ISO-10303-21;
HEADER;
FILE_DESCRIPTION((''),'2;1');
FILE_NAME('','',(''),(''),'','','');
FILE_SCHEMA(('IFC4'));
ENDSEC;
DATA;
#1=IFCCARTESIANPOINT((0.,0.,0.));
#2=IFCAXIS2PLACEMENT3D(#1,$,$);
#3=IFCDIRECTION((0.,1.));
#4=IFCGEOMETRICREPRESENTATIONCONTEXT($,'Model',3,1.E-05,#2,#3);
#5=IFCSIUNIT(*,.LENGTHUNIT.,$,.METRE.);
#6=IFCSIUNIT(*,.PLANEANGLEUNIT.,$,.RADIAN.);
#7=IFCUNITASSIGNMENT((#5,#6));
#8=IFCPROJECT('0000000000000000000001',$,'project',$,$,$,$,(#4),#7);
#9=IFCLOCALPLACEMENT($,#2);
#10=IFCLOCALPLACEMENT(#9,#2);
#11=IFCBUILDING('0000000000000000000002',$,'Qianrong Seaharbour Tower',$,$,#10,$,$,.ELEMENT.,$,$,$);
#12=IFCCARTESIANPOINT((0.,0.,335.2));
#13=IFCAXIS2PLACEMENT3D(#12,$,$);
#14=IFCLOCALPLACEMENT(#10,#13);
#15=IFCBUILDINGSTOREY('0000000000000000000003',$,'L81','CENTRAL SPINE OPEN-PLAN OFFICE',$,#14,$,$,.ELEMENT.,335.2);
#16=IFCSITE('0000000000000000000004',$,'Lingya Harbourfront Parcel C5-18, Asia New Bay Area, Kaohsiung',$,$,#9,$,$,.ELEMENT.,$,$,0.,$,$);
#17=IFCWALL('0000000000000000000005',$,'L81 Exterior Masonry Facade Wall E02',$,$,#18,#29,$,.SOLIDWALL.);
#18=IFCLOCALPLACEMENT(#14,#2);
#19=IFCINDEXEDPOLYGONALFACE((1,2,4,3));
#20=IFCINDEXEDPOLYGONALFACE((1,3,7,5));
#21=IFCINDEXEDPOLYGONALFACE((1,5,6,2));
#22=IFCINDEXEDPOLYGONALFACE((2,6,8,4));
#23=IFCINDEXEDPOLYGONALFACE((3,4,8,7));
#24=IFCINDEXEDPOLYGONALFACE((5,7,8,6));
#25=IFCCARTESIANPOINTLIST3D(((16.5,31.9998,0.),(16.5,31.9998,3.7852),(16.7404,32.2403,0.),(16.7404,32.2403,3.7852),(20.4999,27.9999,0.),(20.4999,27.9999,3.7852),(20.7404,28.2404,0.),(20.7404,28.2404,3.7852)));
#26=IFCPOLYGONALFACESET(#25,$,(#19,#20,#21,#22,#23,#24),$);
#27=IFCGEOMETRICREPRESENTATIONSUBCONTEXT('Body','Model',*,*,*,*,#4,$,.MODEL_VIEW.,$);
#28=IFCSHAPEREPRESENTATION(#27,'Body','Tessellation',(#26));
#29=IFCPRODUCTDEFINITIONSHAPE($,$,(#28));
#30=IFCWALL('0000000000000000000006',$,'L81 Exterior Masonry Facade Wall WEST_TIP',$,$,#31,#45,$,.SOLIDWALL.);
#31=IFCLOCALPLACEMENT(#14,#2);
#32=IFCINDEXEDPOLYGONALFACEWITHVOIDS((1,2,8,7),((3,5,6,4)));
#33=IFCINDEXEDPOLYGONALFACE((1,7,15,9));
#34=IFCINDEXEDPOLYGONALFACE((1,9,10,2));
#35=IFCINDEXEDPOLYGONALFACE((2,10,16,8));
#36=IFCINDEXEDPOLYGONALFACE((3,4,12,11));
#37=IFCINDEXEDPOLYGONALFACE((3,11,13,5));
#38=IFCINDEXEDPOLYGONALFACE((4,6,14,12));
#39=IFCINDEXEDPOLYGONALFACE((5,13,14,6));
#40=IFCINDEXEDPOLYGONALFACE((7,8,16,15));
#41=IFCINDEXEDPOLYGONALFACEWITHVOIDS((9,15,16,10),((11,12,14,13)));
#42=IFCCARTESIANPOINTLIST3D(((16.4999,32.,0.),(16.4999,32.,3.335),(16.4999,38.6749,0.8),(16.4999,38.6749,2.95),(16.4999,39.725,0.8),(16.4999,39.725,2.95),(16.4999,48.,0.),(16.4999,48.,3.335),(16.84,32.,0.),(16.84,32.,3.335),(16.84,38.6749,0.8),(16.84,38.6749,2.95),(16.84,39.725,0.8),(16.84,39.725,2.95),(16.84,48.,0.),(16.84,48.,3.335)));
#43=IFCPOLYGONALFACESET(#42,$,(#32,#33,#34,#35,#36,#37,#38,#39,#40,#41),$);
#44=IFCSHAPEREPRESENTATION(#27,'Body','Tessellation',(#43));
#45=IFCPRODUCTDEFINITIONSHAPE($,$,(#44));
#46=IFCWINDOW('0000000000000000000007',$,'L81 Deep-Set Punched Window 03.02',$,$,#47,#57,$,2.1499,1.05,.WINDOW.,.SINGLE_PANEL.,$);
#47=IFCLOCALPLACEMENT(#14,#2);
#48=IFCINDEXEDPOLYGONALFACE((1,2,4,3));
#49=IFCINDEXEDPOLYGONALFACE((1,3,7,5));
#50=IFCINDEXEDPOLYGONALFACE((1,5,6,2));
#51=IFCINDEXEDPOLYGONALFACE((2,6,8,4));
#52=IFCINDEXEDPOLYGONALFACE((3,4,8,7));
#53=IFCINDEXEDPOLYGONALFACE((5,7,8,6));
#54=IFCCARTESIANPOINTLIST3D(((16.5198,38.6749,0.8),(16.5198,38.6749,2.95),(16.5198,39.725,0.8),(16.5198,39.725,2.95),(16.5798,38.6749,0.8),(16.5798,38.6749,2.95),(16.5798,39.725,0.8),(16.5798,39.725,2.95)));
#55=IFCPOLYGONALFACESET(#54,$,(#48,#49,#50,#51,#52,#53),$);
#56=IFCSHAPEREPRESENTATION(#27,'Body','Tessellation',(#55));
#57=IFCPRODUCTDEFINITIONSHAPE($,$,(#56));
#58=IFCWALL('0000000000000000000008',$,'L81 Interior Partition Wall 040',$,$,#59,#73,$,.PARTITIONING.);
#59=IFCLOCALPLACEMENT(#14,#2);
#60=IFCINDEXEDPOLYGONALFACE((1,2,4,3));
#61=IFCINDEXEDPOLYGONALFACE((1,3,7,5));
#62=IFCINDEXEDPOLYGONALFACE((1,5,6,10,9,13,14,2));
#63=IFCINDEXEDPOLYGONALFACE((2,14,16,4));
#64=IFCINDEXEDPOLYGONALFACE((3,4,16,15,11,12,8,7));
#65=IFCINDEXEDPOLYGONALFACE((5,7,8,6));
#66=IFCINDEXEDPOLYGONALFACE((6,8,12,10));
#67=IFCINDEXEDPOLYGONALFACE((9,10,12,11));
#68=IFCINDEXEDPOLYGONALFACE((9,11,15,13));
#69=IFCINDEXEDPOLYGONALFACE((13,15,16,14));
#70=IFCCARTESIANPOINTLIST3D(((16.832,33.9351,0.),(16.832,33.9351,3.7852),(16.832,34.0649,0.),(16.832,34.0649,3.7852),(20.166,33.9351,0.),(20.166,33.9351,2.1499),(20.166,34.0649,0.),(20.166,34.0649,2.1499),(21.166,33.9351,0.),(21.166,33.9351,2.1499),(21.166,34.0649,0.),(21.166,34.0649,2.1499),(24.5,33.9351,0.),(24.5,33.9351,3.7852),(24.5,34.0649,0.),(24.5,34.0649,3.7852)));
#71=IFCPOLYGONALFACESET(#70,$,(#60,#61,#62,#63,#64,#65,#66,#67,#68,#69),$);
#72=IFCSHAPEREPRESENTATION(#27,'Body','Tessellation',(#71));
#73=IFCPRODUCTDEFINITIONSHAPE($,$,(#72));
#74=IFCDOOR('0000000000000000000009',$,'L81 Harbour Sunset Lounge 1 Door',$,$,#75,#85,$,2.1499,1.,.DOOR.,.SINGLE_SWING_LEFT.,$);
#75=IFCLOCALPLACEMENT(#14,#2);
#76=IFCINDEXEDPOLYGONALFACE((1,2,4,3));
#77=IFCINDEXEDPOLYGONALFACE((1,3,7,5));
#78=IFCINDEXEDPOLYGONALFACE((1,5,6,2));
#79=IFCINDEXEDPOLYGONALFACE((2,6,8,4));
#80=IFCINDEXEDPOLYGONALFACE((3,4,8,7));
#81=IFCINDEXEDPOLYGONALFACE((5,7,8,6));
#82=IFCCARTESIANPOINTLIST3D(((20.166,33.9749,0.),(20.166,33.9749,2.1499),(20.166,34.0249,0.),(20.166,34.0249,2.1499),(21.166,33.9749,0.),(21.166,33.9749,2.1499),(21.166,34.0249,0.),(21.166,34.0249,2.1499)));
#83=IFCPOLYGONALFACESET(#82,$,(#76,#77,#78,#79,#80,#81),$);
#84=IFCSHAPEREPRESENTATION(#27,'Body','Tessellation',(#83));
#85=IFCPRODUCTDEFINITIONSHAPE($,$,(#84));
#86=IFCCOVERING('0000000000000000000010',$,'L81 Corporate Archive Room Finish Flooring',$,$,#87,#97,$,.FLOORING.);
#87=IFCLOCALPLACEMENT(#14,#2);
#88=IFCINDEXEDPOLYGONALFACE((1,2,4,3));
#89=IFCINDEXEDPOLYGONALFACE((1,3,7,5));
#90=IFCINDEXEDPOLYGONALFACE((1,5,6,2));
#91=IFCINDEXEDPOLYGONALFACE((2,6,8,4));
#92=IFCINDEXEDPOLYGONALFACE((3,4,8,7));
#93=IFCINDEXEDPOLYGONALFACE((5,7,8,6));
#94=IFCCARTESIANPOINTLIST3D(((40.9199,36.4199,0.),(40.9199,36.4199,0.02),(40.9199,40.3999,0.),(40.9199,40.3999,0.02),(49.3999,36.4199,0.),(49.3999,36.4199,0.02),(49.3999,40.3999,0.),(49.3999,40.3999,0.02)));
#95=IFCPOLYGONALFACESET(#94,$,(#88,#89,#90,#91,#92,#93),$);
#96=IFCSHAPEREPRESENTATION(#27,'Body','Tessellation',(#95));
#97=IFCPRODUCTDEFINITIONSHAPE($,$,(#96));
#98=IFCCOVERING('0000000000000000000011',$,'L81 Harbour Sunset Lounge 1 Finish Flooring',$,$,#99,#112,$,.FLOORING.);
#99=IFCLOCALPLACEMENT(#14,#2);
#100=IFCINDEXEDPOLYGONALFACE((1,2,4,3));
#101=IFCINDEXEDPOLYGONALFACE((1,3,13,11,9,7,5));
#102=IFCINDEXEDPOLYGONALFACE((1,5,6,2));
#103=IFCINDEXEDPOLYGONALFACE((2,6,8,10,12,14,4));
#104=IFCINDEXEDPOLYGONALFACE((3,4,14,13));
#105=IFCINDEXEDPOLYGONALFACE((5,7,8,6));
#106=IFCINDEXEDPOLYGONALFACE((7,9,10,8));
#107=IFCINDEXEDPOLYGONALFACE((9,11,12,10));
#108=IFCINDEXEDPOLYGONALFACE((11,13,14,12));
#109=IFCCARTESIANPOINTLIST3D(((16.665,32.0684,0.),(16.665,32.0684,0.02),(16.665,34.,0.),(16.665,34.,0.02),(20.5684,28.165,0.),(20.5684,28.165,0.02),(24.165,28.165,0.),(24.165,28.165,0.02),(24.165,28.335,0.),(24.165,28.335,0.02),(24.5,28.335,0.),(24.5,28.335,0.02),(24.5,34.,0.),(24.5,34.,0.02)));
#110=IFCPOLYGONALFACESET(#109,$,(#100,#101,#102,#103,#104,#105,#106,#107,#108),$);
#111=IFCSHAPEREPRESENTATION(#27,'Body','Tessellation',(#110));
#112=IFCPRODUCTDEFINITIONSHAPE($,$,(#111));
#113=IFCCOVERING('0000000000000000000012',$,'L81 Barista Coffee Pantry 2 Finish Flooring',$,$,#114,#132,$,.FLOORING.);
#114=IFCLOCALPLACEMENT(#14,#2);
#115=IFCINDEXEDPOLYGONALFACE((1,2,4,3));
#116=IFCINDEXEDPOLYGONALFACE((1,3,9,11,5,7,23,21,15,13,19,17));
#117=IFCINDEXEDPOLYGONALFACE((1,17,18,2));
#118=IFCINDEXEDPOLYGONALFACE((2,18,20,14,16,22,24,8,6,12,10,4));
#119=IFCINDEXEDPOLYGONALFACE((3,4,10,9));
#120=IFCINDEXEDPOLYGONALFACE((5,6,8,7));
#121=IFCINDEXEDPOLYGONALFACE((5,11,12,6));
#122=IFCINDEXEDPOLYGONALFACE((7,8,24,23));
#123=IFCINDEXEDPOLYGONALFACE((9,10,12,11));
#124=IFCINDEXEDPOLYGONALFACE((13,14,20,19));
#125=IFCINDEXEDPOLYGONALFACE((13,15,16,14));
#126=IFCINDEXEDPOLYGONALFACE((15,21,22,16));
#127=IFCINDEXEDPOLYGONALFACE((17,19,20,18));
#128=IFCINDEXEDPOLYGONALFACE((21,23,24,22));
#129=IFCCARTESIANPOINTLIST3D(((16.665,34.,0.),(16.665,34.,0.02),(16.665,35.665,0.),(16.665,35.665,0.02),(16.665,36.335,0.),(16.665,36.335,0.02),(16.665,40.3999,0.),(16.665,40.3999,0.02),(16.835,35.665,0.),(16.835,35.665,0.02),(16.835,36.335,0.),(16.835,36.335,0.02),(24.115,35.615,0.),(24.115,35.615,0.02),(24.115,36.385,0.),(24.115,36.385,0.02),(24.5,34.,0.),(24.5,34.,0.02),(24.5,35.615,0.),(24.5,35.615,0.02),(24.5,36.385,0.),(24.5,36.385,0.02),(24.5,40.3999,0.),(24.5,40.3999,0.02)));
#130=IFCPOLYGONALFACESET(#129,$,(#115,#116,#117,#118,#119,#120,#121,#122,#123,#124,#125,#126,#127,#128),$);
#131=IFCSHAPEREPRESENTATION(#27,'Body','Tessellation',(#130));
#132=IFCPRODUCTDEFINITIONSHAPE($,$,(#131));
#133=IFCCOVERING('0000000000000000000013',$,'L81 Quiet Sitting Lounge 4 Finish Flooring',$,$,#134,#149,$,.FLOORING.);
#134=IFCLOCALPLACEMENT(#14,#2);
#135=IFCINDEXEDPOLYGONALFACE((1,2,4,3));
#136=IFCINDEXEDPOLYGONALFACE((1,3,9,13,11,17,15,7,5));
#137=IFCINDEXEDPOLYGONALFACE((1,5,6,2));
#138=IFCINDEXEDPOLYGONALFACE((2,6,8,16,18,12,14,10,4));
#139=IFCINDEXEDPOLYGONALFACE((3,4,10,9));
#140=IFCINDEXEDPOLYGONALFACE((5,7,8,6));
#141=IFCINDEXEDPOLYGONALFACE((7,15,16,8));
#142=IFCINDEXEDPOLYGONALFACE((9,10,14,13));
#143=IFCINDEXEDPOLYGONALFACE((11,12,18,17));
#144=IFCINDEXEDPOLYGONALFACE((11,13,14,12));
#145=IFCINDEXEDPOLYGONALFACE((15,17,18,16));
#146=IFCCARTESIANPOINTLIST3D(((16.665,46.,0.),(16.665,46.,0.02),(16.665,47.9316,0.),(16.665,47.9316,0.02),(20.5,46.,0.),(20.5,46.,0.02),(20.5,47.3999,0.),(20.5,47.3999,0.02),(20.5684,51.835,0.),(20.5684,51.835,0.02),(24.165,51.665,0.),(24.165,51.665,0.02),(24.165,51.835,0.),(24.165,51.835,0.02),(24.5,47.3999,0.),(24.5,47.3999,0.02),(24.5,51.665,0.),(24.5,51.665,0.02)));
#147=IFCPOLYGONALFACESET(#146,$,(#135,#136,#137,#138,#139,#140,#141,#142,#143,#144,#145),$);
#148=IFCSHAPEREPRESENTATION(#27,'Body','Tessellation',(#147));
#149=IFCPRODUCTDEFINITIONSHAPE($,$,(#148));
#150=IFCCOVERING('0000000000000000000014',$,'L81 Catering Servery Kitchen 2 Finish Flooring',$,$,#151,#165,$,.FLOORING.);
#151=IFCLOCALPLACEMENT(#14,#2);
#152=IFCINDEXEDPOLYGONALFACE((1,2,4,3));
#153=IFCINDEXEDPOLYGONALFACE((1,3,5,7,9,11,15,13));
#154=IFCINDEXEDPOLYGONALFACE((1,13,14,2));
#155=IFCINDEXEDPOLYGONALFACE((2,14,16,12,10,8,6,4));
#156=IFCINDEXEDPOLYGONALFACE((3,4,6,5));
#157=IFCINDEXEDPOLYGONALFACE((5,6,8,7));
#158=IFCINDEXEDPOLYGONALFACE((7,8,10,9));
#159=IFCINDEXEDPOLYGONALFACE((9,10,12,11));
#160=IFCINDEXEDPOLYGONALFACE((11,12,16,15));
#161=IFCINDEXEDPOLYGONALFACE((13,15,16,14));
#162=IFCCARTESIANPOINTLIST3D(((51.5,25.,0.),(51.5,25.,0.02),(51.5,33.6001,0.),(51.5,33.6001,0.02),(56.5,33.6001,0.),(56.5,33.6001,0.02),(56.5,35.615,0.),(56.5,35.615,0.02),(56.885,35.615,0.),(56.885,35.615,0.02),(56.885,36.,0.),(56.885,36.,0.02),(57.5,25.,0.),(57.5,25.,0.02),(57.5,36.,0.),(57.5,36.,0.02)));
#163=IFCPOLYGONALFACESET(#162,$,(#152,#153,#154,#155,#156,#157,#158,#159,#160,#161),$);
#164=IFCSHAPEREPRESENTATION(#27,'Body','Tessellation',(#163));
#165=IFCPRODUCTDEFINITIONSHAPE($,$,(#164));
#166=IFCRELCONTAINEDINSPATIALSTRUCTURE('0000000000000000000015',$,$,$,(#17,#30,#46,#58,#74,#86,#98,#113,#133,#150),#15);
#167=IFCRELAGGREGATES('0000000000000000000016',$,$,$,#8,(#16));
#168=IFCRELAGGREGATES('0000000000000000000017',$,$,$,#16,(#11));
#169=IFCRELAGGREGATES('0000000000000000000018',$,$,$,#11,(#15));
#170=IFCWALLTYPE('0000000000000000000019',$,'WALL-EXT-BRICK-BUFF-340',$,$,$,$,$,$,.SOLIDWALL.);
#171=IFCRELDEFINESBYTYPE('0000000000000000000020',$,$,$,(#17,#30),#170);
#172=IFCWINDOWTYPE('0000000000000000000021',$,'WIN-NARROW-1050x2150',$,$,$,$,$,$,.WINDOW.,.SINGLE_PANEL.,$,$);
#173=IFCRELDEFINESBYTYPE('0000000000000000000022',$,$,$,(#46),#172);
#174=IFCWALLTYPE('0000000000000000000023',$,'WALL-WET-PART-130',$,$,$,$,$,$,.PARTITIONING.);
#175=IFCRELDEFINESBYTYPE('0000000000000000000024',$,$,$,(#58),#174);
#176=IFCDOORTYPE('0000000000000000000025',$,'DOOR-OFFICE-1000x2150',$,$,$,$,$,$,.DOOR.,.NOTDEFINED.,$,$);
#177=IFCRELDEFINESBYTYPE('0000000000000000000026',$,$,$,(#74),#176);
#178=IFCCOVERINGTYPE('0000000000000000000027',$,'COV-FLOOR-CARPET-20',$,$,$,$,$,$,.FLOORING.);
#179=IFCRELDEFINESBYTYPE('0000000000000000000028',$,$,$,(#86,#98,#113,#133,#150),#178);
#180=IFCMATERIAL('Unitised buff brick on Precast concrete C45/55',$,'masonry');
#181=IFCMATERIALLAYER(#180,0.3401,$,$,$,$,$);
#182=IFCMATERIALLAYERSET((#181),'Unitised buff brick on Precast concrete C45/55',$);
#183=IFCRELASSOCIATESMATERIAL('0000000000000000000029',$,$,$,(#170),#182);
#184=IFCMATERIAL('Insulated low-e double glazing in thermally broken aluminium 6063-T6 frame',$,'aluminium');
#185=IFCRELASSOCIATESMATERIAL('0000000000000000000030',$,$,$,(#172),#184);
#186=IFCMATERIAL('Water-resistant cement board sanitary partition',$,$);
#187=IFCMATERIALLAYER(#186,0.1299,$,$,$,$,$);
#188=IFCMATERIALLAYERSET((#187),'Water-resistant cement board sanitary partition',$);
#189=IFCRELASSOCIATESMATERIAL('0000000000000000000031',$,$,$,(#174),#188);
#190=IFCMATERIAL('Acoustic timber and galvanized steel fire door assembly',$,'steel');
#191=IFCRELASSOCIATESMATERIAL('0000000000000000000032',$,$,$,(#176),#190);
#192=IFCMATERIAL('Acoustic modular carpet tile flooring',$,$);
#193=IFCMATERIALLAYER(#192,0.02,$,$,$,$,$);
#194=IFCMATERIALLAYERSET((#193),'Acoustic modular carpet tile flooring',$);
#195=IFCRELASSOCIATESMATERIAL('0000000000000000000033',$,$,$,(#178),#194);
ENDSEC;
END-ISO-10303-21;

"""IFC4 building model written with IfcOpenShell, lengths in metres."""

from ifc_helpers import new_model, si_unit, direction, frame, frame_2d, origin, place, context, subcontext, project, spatial, polyline, rectangle, outline, extrude, material, layer, layer_set, type_object, element, fill, save


model = new_model("IFC4")

# Units and contexts
model_context = context("Model", 3, precision=1e-05, world=origin(), true_north=direction((0.0, 1.0)))
body_context = subcontext(model_context, "Body", "Model", "MODEL_VIEW")
ifc_project = project(units=[si_unit("LENGTHUNIT", "METRE"), si_unit("PLANEANGLEUNIT", "RADIAN")], contexts=[model_context])

# Site, building, storey
site_placement = place(None, origin())
site = spatial("IfcSite", under=ifc_project, at=site_placement, Name="Lingya Harbourfront Parcel C5-18, Asia New Bay Area, Kaohsiung", CompositionType="ELEMENT", RefElevation=0.0)
building_placement = place(site_placement, origin())
building = spatial("IfcBuilding", under=site, at=building_placement, Name="Qianrong Seaharbour Tower", CompositionType="ELEMENT")
storey_placement = place(building_placement, frame((0.0, 0.0, 335.2)))
storey = spatial("IfcBuildingStorey", under=building, at=storey_placement, Name="L81", Description="CENTRAL SPINE OPEN-PLAN OFFICE", CompositionType="ELEMENT", Elevation=335.2)

# Wall
ifc_material_1 = material(Name="Unitised buff brick on Precast concrete C45/55", Category="masonry")
ifc_layer_1 = layer(ifc_material_1, 0.3401)
ifc_layer_set_1 = layer_set([ifc_layer_1], Name="Unitised buff brick on Precast concrete C45/55")
wall_type_1 = type_object("IfcWallType", Name="WALL-EXT-BRICK-BUFF-340", PredefinedType="SOLIDWALL", material=ifc_layer_set_1)
wall_1_placement = place(storey_placement, frame((20.6201, 28.1201, 0.0), z_axis=(0.0, 0.0, 1.0), x_axis=(-0.707107, 0.707107, 0.0)))
element("IfcWall", 1, at=wall_1_placement, inside=storey, type_object=wall_type_1, Name="L81 Exterior Masonry Facade Wall E02", PredefinedType="SOLIDWALL", context=body_context, shape_type="SweptSolid", body=[
    extrude(rectangle(XDim=5.6567, YDim=0.3401, at=frame_2d((2.8284, 0.0))), origin(), (0.0, 0.0, 1.0), 3.7852),
])

# Wall, opening, window
wall_2_placement = place(storey_placement, frame((16.6699, 32.0, 0.0), z_axis=(0.0, 0.0, 1.0), x_axis=(0.0, 1.0, 0.0)))
wall_2 = element("IfcWall", 2, at=wall_2_placement, inside=storey, type_object=wall_type_1, Name="L81 Exterior Masonry Facade Wall WEST_TIP", PredefinedType="SOLIDWALL", context=body_context, shape_type="SweptSolid", body=[
    extrude(rectangle(XDim=16.0, YDim=0.3401, at=frame_2d((8.0, 0.0))), origin(), (0.0, 0.0, 1.0), 3.335),
])
opening_1_placement = place(wall_2_placement, frame((6.675, 0.0, 0.8)))
opening_1 = element("IfcOpeningElement", 3, at=opening_1_placement, cuts=wall_2, PredefinedType="OPENING", context=body_context, shape_type="SweptSolid", body=[
    extrude(rectangle(XDim=1.05, YDim=2.1499, at=frame_2d((0.5249, 1.075))), frame((0.0, 0.1802, 0.0), z_axis=(0.0, -1.0, 0.0), x_axis=(1.0, 0.0, 0.0)), (0.0, 0.0, 1.0), 0.3601),
])
ifc_material_2 = material(Name="Insulated low-e double glazing in thermally broken aluminium 6063-T6 frame", Category="aluminium")
window_type = type_object("IfcWindowType", Name="WIN-NARROW-1050x2150", PartitioningType="SINGLE_PANEL", PredefinedType="WINDOW", material=ifc_material_2)
window_placement = place(opening_1_placement, origin())
window = element("IfcWindow", 4, at=window_placement, inside=storey, type_object=window_type, Name="L81 Deep-Set Punched Window 03.02", OverallHeight=2.1499, OverallWidth=1.05, PartitioningType="SINGLE_PANEL", PredefinedType="WINDOW", context=body_context, shape_type="SweptSolid", body=[
    extrude(rectangle(XDim=1.05, YDim=2.1499, at=frame_2d((0.5249, 1.075))), frame((0.0, 0.1501, 0.0), z_axis=(0.0, -1.0, 0.0), x_axis=(1.0, 0.0, 0.0)), (0.0, 0.0, 1.0), 0.0601),
])
fill(opening_1, window)

# Wall, opening, door
ifc_material_3 = material(Name="Water-resistant cement board sanitary partition")
ifc_layer_2 = layer(ifc_material_3, 0.1299)
ifc_layer_set_2 = layer_set([ifc_layer_2], Name="Water-resistant cement board sanitary partition")
wall_type_2 = type_object("IfcWallType", Name="WALL-WET-PART-130", PredefinedType="PARTITIONING", material=ifc_layer_set_2)
wall_3_placement = place(storey_placement, frame((16.832, 34.0, 0.0), z_axis=(0.0, 0.0, 1.0), x_axis=(1.0, 0.0, 0.0)))
wall_3 = element("IfcWall", 5, at=wall_3_placement, inside=storey, type_object=wall_type_2, Name="L81 Interior Partition Wall 040", PredefinedType="PARTITIONING", context=body_context, shape_type="SweptSolid", body=[
    extrude(rectangle(XDim=7.668, YDim=0.1299, at=frame_2d((3.834, 0.0))), origin(), (0.0, 0.0, 1.0), 3.7852),
])
opening_2_placement = place(wall_3_placement, frame((3.334, 0.0, 0.0)))
opening_2 = element("IfcOpeningElement", 6, at=opening_2_placement, cuts=wall_3, PredefinedType="OPENING", context=body_context, shape_type="SweptSolid", body=[
    extrude(rectangle(XDim=1.0, YDim=2.1499, at=frame_2d((0.5, 1.075))), frame((0.0, 0.075, 0.0), z_axis=(0.0, -1.0, 0.0), x_axis=(1.0, 0.0, 0.0)), (0.0, 0.0, 1.0), 0.1499),
])
ifc_material_4 = material(Name="Acoustic timber and galvanized steel fire door assembly", Category="steel")
door_type = type_object("IfcDoorType", Name="DOOR-OFFICE-1000x2150", OperationType="NOTDEFINED", PredefinedType="DOOR", material=ifc_material_4)
door_placement = place(opening_2_placement, origin())
door = element("IfcDoor", 7, at=door_placement, inside=storey, type_object=door_type, Name="L81 Harbour Sunset Lounge 1 Door", OperationType="SINGLE_SWING_LEFT", OverallHeight=2.1499, OverallWidth=1.0, PredefinedType="DOOR", context=body_context, shape_type="SweptSolid", body=[
    extrude(rectangle(XDim=1.0, YDim=2.1499, at=frame_2d((0.5, 1.075))), frame((0.0, 0.0249, 0.0), z_axis=(0.0, -1.0, 0.0), x_axis=(1.0, 0.0, 0.0)), (0.0, 0.0, 1.0), 0.05),
])
fill(opening_2, door)

# Coverings
ifc_material_5 = material(Name="Acoustic modular carpet tile flooring")
ifc_layer_3 = layer(ifc_material_5, 0.02)
ifc_layer_set_3 = layer_set([ifc_layer_3], Name="Acoustic modular carpet tile flooring")
covering_type_1 = type_object("IfcCoveringType", Name="COV-FLOOR-CARPET-20", PredefinedType="FLOORING", material=ifc_layer_set_3)
covering_1_placement = place(storey_placement, origin())
element("IfcCovering", 8, at=covering_1_placement, inside=storey, type_object=covering_type_1, Name="L81 Corporate Archive Room Finish Flooring", PredefinedType="FLOORING", context=body_context, shape_type="SweptSolid", body=[
    extrude(outline(polyline([(49.3999, 40.3999), (49.3999, 36.4199), (40.9199, 36.4199), (40.9199, 40.3999), (49.3999, 40.3999)])), origin(), (0.0, 0.0, 1.0), 0.02),
])
covering_2_placement = place(storey_placement, origin())
element("IfcCovering", 9, at=covering_2_placement, inside=storey, type_object=covering_type_1, Name="L81 Harbour Sunset Lounge 1 Finish Flooring", PredefinedType="FLOORING", context=body_context, shape_type="SweptSolid", body=[
    extrude(outline(polyline([(20.5684, 28.165), (16.665, 32.0684), (16.665, 34.0), (24.5, 34.0), (24.5, 28.335), (24.165, 28.335), (24.165, 28.165), (20.5684, 28.165)])), origin(), (0.0, 0.0, 1.0), 0.02),
])
covering_3_placement = place(storey_placement, origin())
element("IfcCovering", 10, at=covering_3_placement, inside=storey, type_object=covering_type_1, Name="L81 Barista Coffee Pantry 2 Finish Flooring", PredefinedType="FLOORING", context=body_context, shape_type="SweptSolid", body=[
    extrude(outline(polyline([(16.665, 34.0), (16.665, 35.665), (16.835, 35.665), (16.835, 36.335), (16.665, 36.335), (16.665, 40.3999), (24.5, 40.3999), (24.5, 36.385), (24.115, 36.385), (24.115, 35.615), (24.5, 35.615), (24.5, 34.0), (16.665, 34.0)])), origin(), (0.0, 0.0, 1.0), 0.02),
])
covering_4_placement = place(storey_placement, origin())
element("IfcCovering", 11, at=covering_4_placement, inside=storey, type_object=covering_type_1, Name="L81 Quiet Sitting Lounge 4 Finish Flooring", PredefinedType="FLOORING", context=body_context, shape_type="SweptSolid", body=[
    extrude(outline(polyline([(16.665, 47.9316), (20.5684, 51.835), (24.165, 51.835), (24.165, 51.665), (24.5, 51.665), (24.5, 47.3999), (20.5, 47.3999), (20.5, 46.0), (16.665, 46.0), (16.665, 47.9316)])), origin(), (0.0, 0.0, 1.0), 0.02),
])
covering_5_placement = place(storey_placement, origin())
element("IfcCovering", 12, at=covering_5_placement, inside=storey, type_object=covering_type_1, Name="L81 Catering Servery Kitchen 2 Finish Flooring", PredefinedType="FLOORING", context=body_context, shape_type="SweptSolid", body=[
    extrude(outline(polyline([(56.5, 33.6001), (56.5, 35.615), (56.885, 35.615), (56.885, 36.0), (57.5, 36.0), (57.5, 25.0), (51.5, 25.0), (51.5, 33.6001), (56.5, 33.6001)])), origin(), (0.0, 0.0, 1.0), 0.02),
])

save(model, "model.ifc")
